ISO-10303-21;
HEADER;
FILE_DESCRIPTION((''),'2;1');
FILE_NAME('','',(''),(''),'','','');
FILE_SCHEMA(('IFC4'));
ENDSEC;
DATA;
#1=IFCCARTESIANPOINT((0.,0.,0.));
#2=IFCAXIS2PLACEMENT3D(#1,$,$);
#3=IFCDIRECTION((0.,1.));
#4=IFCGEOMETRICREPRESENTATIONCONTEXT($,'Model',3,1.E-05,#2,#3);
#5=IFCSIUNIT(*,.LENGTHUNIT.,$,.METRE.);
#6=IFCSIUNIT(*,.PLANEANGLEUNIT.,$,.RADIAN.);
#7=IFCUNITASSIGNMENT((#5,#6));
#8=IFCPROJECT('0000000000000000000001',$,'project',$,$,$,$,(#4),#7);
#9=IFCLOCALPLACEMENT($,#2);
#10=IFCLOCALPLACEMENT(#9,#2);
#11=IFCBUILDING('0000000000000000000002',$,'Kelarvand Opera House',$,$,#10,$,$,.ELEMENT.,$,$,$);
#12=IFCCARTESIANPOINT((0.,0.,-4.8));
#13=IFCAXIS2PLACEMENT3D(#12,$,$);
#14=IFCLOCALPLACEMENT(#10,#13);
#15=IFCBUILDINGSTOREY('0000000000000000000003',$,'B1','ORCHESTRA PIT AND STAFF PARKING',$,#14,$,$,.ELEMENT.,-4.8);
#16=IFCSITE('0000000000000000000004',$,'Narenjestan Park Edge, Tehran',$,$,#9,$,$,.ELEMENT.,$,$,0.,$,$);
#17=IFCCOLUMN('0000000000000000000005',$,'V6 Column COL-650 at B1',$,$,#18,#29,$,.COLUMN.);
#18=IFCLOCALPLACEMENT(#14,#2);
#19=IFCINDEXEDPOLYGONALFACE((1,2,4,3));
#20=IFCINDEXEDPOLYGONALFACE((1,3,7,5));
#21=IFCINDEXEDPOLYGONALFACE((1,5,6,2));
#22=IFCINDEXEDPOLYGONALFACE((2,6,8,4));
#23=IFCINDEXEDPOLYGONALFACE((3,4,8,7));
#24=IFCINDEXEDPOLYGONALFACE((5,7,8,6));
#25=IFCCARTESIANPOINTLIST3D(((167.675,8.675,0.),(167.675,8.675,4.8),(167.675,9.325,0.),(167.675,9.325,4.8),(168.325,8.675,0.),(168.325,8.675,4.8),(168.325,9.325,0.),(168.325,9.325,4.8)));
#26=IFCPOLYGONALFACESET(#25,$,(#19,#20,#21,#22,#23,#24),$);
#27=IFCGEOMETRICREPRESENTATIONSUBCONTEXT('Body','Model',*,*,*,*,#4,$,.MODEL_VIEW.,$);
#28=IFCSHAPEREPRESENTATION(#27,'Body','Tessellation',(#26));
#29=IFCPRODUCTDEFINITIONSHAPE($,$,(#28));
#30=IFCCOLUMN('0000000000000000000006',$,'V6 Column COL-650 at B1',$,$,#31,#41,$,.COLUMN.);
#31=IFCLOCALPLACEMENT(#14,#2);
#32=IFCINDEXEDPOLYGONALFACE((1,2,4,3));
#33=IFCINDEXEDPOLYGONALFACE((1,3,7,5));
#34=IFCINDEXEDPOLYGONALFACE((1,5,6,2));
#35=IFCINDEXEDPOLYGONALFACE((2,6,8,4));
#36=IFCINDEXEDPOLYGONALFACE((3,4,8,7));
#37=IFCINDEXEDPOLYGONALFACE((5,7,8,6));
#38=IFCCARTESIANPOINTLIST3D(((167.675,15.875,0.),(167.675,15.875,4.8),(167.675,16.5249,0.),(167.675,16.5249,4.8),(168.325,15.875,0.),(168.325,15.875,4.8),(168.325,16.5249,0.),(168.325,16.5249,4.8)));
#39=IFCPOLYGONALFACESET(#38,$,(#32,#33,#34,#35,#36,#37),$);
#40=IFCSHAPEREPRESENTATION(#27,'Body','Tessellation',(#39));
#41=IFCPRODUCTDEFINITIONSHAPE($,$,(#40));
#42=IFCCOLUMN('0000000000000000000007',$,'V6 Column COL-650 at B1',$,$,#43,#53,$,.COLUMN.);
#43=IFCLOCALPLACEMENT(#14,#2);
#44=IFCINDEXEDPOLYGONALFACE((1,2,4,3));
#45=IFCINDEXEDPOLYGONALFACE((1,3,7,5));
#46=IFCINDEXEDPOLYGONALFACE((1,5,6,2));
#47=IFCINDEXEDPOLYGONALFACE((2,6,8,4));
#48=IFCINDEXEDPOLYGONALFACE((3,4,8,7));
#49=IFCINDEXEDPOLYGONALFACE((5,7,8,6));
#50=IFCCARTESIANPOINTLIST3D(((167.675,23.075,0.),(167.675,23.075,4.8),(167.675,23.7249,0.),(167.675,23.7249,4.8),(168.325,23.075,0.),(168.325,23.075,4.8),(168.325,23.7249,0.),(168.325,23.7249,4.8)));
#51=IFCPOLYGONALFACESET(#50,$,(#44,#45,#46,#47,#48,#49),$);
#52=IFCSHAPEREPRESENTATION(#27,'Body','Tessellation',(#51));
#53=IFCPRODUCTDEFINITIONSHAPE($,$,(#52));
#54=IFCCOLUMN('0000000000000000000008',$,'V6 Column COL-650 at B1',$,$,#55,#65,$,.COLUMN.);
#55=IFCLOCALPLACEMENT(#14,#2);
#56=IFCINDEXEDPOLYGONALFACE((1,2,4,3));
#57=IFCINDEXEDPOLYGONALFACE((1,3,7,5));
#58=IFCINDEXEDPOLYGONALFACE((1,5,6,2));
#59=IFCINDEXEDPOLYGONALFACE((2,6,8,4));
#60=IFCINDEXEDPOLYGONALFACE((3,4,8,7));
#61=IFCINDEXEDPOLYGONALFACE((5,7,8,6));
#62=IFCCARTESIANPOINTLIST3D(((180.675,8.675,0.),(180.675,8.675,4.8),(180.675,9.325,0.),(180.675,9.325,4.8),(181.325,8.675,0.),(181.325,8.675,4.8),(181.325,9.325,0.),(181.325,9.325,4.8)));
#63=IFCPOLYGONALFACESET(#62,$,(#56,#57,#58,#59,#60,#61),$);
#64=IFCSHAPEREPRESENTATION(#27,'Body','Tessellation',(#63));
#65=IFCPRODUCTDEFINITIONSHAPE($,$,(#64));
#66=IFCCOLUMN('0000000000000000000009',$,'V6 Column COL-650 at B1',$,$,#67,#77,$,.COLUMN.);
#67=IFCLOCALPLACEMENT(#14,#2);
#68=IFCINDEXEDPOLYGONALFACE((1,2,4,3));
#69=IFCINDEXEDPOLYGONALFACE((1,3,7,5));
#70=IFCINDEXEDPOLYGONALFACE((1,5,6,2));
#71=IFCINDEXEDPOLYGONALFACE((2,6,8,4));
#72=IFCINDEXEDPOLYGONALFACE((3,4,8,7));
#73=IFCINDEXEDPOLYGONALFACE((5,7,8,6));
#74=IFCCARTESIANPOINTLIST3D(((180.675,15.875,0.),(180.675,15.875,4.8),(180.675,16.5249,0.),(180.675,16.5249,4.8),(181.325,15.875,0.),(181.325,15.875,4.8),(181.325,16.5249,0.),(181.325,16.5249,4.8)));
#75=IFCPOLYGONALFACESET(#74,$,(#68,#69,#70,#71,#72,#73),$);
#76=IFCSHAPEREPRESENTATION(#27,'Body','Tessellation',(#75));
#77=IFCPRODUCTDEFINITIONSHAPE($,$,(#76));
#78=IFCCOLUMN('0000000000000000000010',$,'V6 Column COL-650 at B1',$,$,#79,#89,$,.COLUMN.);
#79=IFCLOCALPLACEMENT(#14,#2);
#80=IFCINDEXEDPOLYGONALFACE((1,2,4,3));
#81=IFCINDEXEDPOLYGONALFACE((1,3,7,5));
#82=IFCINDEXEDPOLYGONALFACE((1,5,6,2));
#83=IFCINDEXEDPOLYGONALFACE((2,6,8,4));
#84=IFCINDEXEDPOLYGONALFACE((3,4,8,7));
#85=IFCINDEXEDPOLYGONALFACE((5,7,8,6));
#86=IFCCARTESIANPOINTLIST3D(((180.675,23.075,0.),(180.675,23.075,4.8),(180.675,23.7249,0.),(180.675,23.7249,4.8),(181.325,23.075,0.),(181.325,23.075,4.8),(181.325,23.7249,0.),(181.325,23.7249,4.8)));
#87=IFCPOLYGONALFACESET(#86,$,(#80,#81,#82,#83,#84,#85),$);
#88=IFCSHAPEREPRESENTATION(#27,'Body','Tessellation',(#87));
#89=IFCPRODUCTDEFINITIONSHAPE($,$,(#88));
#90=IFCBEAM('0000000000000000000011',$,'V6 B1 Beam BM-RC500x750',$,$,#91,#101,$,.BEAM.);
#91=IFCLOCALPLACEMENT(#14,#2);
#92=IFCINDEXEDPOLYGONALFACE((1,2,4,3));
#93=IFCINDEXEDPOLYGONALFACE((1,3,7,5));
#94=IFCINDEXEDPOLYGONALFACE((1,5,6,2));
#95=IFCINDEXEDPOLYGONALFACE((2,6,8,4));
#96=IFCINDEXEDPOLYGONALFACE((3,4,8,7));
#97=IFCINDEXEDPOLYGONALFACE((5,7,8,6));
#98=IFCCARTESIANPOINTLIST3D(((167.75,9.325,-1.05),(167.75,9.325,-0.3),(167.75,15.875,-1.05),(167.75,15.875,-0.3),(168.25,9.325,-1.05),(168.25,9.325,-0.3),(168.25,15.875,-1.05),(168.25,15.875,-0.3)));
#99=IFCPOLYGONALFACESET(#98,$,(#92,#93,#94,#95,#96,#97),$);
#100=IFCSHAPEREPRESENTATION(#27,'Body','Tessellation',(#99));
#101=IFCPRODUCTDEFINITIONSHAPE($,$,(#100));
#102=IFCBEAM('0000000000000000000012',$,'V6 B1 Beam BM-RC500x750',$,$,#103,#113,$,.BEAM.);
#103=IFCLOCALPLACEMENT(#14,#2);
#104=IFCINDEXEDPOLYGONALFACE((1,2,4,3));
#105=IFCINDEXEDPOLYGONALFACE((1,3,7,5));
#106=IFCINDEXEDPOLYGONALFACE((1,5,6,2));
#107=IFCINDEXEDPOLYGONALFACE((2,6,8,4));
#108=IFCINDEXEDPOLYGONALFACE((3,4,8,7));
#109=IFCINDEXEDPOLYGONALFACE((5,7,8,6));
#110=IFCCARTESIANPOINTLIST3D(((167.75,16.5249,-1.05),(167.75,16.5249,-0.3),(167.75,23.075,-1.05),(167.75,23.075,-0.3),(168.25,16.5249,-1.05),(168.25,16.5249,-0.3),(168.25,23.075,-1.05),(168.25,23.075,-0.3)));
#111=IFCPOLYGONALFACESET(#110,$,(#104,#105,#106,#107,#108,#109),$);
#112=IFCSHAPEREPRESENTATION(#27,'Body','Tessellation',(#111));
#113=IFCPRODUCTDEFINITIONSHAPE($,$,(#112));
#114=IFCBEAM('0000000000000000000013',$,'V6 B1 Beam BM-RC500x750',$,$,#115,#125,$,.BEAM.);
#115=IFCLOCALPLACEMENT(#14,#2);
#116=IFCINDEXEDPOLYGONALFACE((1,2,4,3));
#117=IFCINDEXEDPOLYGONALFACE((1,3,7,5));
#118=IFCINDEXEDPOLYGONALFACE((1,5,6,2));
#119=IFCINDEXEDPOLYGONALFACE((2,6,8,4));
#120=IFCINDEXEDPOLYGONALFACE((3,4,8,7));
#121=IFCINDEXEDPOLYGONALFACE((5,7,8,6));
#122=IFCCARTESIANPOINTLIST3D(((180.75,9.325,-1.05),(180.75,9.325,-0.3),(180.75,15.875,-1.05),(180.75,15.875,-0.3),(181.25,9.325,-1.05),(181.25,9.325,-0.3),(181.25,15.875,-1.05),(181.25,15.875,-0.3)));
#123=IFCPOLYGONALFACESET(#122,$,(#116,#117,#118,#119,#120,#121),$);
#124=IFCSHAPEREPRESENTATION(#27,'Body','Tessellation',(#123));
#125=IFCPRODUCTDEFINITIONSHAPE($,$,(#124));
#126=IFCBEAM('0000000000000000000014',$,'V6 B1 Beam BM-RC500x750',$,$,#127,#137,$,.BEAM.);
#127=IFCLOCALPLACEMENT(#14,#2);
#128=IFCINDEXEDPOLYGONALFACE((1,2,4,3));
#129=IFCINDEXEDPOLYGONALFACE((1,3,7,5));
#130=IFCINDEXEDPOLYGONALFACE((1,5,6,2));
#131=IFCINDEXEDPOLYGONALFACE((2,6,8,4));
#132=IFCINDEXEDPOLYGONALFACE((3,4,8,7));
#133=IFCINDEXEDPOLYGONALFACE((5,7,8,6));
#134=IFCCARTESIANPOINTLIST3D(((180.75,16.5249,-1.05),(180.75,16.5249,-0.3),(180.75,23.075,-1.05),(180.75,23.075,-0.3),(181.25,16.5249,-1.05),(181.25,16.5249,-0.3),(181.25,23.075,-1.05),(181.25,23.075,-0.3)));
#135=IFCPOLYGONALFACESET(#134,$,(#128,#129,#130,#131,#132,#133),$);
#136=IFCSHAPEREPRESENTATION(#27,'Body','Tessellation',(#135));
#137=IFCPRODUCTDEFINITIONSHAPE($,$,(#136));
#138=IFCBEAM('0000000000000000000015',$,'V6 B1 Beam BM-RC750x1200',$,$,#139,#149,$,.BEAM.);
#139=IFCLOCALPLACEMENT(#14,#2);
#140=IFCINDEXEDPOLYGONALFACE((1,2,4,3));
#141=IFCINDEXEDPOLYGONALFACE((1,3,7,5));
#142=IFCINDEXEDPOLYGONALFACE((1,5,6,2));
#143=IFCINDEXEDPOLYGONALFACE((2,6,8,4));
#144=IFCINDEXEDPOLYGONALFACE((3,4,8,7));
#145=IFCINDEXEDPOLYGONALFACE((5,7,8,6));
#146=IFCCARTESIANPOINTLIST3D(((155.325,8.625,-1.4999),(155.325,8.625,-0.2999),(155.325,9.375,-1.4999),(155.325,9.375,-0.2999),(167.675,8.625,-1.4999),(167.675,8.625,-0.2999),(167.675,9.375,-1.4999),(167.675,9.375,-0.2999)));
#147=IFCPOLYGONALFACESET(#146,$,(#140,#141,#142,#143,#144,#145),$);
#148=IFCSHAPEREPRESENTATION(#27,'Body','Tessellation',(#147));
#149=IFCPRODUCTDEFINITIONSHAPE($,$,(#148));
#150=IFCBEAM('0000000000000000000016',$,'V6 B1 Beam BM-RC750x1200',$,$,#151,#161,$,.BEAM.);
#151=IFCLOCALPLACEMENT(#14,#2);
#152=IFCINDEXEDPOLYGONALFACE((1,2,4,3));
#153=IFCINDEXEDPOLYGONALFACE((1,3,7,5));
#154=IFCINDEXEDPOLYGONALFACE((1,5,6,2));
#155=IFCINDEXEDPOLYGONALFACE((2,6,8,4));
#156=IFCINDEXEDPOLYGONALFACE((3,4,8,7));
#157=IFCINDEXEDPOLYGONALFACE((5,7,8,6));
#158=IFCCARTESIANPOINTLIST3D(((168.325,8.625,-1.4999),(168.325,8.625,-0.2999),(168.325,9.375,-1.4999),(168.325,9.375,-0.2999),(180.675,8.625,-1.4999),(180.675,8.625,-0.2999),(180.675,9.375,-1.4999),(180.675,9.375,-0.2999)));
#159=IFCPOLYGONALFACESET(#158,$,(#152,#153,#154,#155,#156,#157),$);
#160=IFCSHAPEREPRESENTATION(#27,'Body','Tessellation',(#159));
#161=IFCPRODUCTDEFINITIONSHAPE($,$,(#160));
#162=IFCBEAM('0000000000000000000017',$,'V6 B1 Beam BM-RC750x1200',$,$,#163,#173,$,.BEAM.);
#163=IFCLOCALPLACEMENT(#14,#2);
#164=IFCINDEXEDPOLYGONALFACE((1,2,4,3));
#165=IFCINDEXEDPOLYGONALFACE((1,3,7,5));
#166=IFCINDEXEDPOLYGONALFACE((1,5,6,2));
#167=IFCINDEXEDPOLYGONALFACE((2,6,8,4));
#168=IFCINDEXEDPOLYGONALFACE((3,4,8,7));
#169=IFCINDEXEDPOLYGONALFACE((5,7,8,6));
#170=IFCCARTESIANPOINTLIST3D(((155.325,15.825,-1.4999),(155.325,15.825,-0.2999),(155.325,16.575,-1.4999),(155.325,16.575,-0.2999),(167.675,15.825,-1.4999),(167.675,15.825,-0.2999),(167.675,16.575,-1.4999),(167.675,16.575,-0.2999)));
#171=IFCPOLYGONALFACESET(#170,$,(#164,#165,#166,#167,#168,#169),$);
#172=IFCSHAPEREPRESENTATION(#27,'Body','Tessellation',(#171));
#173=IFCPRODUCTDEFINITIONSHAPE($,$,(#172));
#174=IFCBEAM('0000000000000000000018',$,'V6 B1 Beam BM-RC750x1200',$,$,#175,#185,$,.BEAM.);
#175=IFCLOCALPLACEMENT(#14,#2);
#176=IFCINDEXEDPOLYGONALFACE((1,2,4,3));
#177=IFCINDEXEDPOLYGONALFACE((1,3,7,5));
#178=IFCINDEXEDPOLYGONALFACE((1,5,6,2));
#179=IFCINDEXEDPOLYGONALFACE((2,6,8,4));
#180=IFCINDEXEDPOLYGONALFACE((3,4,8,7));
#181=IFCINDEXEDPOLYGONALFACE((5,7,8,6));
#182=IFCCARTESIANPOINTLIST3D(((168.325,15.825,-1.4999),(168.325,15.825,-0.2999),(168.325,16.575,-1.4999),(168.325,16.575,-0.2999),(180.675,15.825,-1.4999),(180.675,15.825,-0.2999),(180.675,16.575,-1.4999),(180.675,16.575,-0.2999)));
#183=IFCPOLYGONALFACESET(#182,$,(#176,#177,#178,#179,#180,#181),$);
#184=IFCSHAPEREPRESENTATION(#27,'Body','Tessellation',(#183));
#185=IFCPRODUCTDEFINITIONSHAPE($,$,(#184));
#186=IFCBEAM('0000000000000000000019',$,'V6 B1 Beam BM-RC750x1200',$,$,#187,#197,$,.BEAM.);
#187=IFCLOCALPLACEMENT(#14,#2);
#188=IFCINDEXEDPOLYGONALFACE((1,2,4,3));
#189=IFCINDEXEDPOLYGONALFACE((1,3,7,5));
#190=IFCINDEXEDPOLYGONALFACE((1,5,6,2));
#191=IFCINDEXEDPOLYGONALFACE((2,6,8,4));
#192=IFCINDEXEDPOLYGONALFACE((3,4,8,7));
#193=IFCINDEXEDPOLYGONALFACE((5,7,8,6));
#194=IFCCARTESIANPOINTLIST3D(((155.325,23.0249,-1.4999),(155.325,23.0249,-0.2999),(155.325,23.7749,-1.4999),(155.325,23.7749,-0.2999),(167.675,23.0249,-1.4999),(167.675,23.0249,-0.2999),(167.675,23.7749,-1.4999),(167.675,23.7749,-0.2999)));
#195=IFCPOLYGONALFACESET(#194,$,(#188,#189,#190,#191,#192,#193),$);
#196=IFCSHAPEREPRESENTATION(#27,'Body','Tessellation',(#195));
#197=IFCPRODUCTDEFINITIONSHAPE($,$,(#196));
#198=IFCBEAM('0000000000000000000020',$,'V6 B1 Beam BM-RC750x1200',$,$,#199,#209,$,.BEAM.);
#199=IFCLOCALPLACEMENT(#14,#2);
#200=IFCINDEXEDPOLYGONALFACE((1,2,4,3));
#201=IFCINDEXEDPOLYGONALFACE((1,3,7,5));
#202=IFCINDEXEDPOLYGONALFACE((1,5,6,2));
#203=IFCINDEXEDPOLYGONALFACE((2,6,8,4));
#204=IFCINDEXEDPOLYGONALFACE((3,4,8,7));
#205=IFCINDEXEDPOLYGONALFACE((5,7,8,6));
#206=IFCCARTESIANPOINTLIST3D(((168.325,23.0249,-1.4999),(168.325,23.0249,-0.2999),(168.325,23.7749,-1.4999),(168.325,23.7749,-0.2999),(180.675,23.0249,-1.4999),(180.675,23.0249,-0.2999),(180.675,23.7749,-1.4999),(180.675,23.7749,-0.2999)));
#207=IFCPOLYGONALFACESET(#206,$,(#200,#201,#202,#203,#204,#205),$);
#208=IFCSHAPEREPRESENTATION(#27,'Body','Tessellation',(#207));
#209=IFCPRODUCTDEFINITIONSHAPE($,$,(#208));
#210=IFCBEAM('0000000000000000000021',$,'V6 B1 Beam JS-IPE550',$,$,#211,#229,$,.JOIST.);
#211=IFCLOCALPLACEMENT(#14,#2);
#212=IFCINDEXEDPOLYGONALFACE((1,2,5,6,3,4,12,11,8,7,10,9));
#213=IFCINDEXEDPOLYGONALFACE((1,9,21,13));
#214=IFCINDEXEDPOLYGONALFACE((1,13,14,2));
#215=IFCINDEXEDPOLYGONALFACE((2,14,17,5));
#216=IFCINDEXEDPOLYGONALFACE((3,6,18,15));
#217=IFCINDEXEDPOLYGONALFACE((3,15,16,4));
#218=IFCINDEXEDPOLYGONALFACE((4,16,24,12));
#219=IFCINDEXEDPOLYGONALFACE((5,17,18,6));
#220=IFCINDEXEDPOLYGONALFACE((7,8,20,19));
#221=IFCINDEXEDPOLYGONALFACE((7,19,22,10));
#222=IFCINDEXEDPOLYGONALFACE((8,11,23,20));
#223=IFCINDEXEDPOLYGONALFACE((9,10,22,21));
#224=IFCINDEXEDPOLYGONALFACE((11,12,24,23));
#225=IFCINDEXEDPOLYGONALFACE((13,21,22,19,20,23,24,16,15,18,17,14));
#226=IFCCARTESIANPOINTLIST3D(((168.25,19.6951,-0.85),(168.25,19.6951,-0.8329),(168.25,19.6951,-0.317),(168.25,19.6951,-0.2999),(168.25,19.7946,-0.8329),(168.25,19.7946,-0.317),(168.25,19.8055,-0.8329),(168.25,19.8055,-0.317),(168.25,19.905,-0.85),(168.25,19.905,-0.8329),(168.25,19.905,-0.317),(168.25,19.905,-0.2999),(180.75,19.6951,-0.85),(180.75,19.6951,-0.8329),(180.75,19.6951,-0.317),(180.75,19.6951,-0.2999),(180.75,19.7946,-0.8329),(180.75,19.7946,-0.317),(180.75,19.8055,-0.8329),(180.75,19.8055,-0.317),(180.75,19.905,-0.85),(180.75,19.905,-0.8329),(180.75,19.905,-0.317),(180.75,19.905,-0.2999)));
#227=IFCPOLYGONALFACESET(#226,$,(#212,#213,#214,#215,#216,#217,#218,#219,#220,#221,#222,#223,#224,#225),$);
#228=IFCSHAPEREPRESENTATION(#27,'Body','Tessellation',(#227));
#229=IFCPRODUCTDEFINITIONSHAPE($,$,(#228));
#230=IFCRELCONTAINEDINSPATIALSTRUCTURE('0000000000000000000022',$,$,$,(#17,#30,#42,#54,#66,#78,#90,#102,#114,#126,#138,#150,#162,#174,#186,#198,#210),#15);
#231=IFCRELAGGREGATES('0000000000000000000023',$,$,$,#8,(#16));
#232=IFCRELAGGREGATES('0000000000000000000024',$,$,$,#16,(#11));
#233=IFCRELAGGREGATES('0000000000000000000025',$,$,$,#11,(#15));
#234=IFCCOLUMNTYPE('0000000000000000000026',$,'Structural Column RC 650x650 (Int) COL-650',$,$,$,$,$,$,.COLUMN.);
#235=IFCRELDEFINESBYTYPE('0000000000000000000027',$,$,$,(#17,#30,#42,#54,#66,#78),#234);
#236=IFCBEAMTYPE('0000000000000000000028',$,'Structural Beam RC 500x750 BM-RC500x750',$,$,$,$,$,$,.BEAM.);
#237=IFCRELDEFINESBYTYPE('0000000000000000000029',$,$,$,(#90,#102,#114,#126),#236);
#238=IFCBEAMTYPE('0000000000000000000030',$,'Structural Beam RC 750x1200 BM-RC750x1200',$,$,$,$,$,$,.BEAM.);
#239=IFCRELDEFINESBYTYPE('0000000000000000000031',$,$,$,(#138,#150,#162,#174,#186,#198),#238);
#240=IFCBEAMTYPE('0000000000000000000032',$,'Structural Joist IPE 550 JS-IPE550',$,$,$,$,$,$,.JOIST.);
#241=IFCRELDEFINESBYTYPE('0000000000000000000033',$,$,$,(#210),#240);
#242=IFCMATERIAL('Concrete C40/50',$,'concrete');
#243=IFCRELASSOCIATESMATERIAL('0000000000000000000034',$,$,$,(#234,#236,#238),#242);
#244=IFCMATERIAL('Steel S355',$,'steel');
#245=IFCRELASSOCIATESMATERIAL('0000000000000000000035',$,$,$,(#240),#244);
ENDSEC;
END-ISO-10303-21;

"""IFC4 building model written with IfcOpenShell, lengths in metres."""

from ifc_helpers import new_model, si_unit, direction, frame, origin, origin_2d, place, context, subcontext, project, spatial, rectangle, i_section, extrude, material, material_profile, profile_set, type_object, element, save


model = new_model("IFC4")

# Units and contexts
model_context = context("Model", 3, precision=1e-05, world=origin(), true_north=direction((0.0, 1.0)))
body_context = subcontext(model_context, "Body", "Model", "MODEL_VIEW")
ifc_project = project(units=[si_unit("LENGTHUNIT", "METRE"), si_unit("PLANEANGLEUNIT", "RADIAN")], contexts=[model_context])

# Site, building, storey
site_placement = place(None, origin())
site = spatial("IfcSite", under=ifc_project, at=site_placement, Name="Narenjestan Park Edge, Tehran", CompositionType="ELEMENT", RefElevation=0.0)
building_placement = place(site_placement, origin())
building = spatial("IfcBuilding", under=site, at=building_placement, Name="Kelarvand Opera House", CompositionType="ELEMENT")
storey_placement = place(building_placement, frame((0.0, 0.0, -4.8)))
storey = spatial("IfcBuildingStorey", under=building, at=storey_placement, Name="B1", Description="ORCHESTRA PIT AND STAFF PARKING", CompositionType="ELEMENT", Elevation=-4.8)

# Columns
ifc_material_1 = material(Name="Concrete C40/50", Category="concrete")
ifc_material_profile_1 = material_profile(ifc_material_1, rectangle(XDim=0.6499, YDim=0.6499, at=origin_2d()), Name="RC 650x650", Category="concrete")
ifc_profile_set_1 = profile_set([ifc_material_profile_1], Name="Concrete C40/50")
column_type = type_object("IfcColumnType", Name="Structural Column RC 650x650 (Int) COL-650", PredefinedType="COLUMN", material=ifc_profile_set_1)
for number, where, z_axis, x_axis, name in (
    (1, (168.0, 9.0, 0.0), (0.0, 0.0, 1.0), (1.0, 0.0, 0.0), "V6 Column COL-650 at B1"),
    (2, (168.0, 16.2, 0.0), (0.0, 0.0, 1.0), (1.0, 0.0, 0.0), "V6 Column COL-650 at B1"),
    (3, (168.0, 23.3999, 0.0), (0.0, 0.0, 1.0), (1.0, 0.0, 0.0), "V6 Column COL-650 at B1"),
    (4, (181.0, 9.0, 0.0), (0.0, 0.0, 1.0), (1.0, 0.0, 0.0), "V6 Column COL-650 at B1"),
    (5, (181.0, 16.2, 0.0), (0.0, 0.0, 1.0), (1.0, 0.0, 0.0), "V6 Column COL-650 at B1"),
    (6, (181.0, 23.3999, 0.0), (0.0, 0.0, 1.0), (1.0, 0.0, 0.0), "V6 Column COL-650 at B1"),
):
    element("IfcColumn", number, at=place(storey_placement, frame(where, z_axis=z_axis, x_axis=x_axis)), inside=storey, type_object=column_type, Name=name, PredefinedType="COLUMN", context=body_context, shape_type="SweptSolid", body=[
        extrude(rectangle(XDim=0.6499, YDim=0.6499, at=origin_2d()), origin(), (0.0, 0.0, 1.0), 4.8),
    ])

# Beams
ifc_material_profile_2 = material_profile(ifc_material_1, rectangle(XDim=0.5, YDim=0.75, at=origin_2d()), Name="RC 500x750", Category="concrete")
ifc_profile_set_2 = profile_set([ifc_material_profile_2], Name="Concrete C40/50")
beam_type_1 = type_object("IfcBeamType", Name="Structural Beam RC 500x750 BM-RC500x750", PredefinedType="BEAM", material=ifc_profile_set_2)
for number, where, z_axis, x_axis, name in (
    (7, (168.0, 9.325, -0.675), (0.0, 1.0, 0.0), (-1.0, 0.0, 0.0), "V6 B1 Beam BM-RC500x750"),
    (8, (168.0, 16.5249, -0.675), (0.0, 1.0, 0.0), (-1.0, 0.0, 0.0), "V6 B1 Beam BM-RC500x750"),
    (9, (181.0, 9.325, -0.675), (0.0, 1.0, 0.0), (-1.0, 0.0, 0.0), "V6 B1 Beam BM-RC500x750"),
    (10, (181.0, 16.5249, -0.675), (0.0, 1.0, 0.0), (-1.0, 0.0, 0.0), "V6 B1 Beam BM-RC500x750"),
):
    element("IfcBeam", number, at=place(storey_placement, frame(where, z_axis=z_axis, x_axis=x_axis)), inside=storey, type_object=beam_type_1, Name=name, PredefinedType="BEAM", context=body_context, shape_type="SweptSolid", body=[
        extrude(rectangle(XDim=0.5, YDim=0.75, at=origin_2d()), origin(), (0.0, 0.0, 1.0), 6.55),
    ])
ifc_material_profile_3 = material_profile(ifc_material_1, rectangle(XDim=0.75, YDim=1.2, at=origin_2d()), Name="RC 750x1200", Category="concrete")
ifc_profile_set_3 = profile_set([ifc_material_profile_3], Name="Concrete C40/50")
beam_type_2 = type_object("IfcBeamType", Name="Structural Beam RC 750x1200 BM-RC750x1200", PredefinedType="BEAM", material=ifc_profile_set_3)
for number, where, z_axis, x_axis, name in (
    (11, (155.325, 9.0, -0.8999), (1.0, 0.0, 0.0), (0.0, 1.0, 0.0), "V6 B1 Beam BM-RC750x1200"),
    (12, (168.325, 9.0, -0.8999), (1.0, 0.0, 0.0), (0.0, 1.0, 0.0), "V6 B1 Beam BM-RC750x1200"),
    (13, (155.325, 16.2, -0.8999), (1.0, 0.0, 0.0), (0.0, 1.0, 0.0), "V6 B1 Beam BM-RC750x1200"),
    (14, (168.325, 16.2, -0.8999), (1.0, 0.0, 0.0), (0.0, 1.0, 0.0), "V6 B1 Beam BM-RC750x1200"),
    (15, (155.325, 23.3999, -0.8999), (1.0, 0.0, 0.0), (0.0, 1.0, 0.0), "V6 B1 Beam BM-RC750x1200"),
    (16, (168.325, 23.3999, -0.8999), (1.0, 0.0, 0.0), (0.0, 1.0, 0.0), "V6 B1 Beam BM-RC750x1200"),
):
    element("IfcBeam", number, at=place(storey_placement, frame(where, z_axis=z_axis, x_axis=x_axis)), inside=storey, type_object=beam_type_2, Name=name, PredefinedType="BEAM", context=body_context, shape_type="SweptSolid", body=[
        extrude(rectangle(XDim=0.75, YDim=1.2, at=origin_2d()), origin(), (0.0, 0.0, 1.0), 12.3501),
    ])
ifc_material_2 = material(Name="Steel S355", Category="steel")
ifc_material_profile_4 = material_profile(ifc_material_2, i_section(OverallWidth=0.21, OverallDepth=0.55, WebThickness=0.011, FlangeThickness=0.0171, at=origin_2d()), Name="IPE 550", Category="steel")
ifc_profile_set_4 = profile_set([ifc_material_profile_4], Name="Steel S355")
beam_type_3 = type_object("IfcBeamType", Name="Structural Joist IPE 550 JS-IPE550", PredefinedType="JOIST", material=ifc_profile_set_4)
beam_placement = place(storey_placement, frame((168.25, 19.8, -0.575), z_axis=(1.0, 0.0, 0.0), x_axis=(0.0, 1.0, 0.0)))
element("IfcBeam", 17, at=beam_placement, inside=storey, type_object=beam_type_3, Name="V6 B1 Beam JS-IPE550", PredefinedType="JOIST", context=body_context, shape_type="SweptSolid", body=[
    extrude(i_section(OverallWidth=0.21, OverallDepth=0.55, WebThickness=0.011, FlangeThickness=0.0171, at=origin_2d()), origin(), (0.0, 0.0, 1.0), 12.5),
])

save(model, "model.ifc")
